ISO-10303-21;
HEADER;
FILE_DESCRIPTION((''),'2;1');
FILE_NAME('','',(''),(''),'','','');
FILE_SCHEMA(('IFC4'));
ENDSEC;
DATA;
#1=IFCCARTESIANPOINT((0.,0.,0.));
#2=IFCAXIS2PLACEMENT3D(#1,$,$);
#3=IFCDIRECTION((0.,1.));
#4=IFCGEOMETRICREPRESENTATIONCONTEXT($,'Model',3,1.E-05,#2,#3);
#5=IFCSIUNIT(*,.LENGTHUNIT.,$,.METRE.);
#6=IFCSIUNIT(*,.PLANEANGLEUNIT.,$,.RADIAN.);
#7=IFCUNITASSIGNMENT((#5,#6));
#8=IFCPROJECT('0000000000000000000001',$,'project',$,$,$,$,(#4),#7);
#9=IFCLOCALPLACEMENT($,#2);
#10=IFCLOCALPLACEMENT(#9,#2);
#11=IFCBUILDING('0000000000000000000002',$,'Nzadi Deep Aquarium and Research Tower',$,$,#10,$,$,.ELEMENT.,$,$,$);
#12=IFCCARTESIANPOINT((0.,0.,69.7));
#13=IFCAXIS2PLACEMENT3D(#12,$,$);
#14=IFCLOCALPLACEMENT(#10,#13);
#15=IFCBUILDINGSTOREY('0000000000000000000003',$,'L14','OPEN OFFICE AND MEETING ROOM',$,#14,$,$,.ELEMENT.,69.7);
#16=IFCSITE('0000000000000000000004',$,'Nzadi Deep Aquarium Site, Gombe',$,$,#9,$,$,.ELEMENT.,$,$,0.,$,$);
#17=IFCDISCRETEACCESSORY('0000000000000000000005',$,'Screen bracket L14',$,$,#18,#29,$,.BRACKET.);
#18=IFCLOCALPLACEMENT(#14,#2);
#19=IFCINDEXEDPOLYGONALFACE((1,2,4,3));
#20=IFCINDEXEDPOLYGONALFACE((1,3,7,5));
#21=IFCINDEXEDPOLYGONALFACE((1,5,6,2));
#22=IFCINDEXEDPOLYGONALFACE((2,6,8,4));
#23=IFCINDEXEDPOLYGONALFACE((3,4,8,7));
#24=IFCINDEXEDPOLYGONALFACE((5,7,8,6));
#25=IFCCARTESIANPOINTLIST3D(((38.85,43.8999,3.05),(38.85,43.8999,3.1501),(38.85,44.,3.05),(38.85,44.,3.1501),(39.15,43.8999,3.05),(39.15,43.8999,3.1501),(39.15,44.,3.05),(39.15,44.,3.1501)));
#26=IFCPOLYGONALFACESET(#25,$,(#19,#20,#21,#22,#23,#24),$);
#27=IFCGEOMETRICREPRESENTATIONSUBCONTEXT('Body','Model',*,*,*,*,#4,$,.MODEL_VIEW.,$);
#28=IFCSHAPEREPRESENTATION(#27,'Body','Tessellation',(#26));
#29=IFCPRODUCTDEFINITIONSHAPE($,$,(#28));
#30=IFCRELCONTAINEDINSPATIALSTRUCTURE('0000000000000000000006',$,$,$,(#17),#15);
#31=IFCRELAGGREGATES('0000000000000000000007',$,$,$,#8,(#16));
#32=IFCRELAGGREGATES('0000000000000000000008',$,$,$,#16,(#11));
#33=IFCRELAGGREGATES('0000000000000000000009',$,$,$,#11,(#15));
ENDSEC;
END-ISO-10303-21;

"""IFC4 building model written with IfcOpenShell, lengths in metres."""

from ifc_helpers import new_model, si_unit, direction, frame, origin, origin_2d, place, context, subcontext, project, spatial, rectangle, extrude, element, save


model = new_model("IFC4")

# Units and contexts
model_context = context("Model", 3, precision=1e-05, world=origin(), true_north=direction((0.0, 1.0)))
body_context = subcontext(model_context, "Body", "Model", "MODEL_VIEW")
ifc_project = project(units=[si_unit("LENGTHUNIT", "METRE"), si_unit("PLANEANGLEUNIT", "RADIAN")], contexts=[model_context])

# Site, building, storey
site_placement = place(None, origin())
site = spatial("IfcSite", under=ifc_project, at=site_placement, Name="Nzadi Deep Aquarium Site, Gombe", CompositionType="ELEMENT", RefElevation=0.0)
building_placement = place(site_placement, origin())
building = spatial("IfcBuilding", under=site, at=building_placement, Name="Nzadi Deep Aquarium and Research Tower", CompositionType="ELEMENT")
storey_placement = place(building_placement, frame((0.0, 0.0, 69.7)))
storey = spatial("IfcBuildingStorey", under=building, at=storey_placement, Name="L14", Description="OPEN OFFICE AND MEETING ROOM", CompositionType="ELEMENT", Elevation=69.7)

# Discrete accessory
for number, where, z_axis, x_axis, name in (
    (1, (39.0, 43.95, 3.05), (0.0, 0.0, 1.0), (1.0, 0.0, 0.0), "Screen bracket L14"),
):
    element("IfcDiscreteAccessory", number, at=place(storey_placement, frame(where, z_axis=z_axis, x_axis=x_axis)), inside=storey, Name=name, PredefinedType="BRACKET", context=body_context, shape_type="SweptSolid", body=[
        extrude(rectangle(XDim=0.3, YDim=0.1001, at=origin_2d()), origin(), (0.0, 0.0, 1.0), 0.1001),
    ])

save(model, "model.ifc")
